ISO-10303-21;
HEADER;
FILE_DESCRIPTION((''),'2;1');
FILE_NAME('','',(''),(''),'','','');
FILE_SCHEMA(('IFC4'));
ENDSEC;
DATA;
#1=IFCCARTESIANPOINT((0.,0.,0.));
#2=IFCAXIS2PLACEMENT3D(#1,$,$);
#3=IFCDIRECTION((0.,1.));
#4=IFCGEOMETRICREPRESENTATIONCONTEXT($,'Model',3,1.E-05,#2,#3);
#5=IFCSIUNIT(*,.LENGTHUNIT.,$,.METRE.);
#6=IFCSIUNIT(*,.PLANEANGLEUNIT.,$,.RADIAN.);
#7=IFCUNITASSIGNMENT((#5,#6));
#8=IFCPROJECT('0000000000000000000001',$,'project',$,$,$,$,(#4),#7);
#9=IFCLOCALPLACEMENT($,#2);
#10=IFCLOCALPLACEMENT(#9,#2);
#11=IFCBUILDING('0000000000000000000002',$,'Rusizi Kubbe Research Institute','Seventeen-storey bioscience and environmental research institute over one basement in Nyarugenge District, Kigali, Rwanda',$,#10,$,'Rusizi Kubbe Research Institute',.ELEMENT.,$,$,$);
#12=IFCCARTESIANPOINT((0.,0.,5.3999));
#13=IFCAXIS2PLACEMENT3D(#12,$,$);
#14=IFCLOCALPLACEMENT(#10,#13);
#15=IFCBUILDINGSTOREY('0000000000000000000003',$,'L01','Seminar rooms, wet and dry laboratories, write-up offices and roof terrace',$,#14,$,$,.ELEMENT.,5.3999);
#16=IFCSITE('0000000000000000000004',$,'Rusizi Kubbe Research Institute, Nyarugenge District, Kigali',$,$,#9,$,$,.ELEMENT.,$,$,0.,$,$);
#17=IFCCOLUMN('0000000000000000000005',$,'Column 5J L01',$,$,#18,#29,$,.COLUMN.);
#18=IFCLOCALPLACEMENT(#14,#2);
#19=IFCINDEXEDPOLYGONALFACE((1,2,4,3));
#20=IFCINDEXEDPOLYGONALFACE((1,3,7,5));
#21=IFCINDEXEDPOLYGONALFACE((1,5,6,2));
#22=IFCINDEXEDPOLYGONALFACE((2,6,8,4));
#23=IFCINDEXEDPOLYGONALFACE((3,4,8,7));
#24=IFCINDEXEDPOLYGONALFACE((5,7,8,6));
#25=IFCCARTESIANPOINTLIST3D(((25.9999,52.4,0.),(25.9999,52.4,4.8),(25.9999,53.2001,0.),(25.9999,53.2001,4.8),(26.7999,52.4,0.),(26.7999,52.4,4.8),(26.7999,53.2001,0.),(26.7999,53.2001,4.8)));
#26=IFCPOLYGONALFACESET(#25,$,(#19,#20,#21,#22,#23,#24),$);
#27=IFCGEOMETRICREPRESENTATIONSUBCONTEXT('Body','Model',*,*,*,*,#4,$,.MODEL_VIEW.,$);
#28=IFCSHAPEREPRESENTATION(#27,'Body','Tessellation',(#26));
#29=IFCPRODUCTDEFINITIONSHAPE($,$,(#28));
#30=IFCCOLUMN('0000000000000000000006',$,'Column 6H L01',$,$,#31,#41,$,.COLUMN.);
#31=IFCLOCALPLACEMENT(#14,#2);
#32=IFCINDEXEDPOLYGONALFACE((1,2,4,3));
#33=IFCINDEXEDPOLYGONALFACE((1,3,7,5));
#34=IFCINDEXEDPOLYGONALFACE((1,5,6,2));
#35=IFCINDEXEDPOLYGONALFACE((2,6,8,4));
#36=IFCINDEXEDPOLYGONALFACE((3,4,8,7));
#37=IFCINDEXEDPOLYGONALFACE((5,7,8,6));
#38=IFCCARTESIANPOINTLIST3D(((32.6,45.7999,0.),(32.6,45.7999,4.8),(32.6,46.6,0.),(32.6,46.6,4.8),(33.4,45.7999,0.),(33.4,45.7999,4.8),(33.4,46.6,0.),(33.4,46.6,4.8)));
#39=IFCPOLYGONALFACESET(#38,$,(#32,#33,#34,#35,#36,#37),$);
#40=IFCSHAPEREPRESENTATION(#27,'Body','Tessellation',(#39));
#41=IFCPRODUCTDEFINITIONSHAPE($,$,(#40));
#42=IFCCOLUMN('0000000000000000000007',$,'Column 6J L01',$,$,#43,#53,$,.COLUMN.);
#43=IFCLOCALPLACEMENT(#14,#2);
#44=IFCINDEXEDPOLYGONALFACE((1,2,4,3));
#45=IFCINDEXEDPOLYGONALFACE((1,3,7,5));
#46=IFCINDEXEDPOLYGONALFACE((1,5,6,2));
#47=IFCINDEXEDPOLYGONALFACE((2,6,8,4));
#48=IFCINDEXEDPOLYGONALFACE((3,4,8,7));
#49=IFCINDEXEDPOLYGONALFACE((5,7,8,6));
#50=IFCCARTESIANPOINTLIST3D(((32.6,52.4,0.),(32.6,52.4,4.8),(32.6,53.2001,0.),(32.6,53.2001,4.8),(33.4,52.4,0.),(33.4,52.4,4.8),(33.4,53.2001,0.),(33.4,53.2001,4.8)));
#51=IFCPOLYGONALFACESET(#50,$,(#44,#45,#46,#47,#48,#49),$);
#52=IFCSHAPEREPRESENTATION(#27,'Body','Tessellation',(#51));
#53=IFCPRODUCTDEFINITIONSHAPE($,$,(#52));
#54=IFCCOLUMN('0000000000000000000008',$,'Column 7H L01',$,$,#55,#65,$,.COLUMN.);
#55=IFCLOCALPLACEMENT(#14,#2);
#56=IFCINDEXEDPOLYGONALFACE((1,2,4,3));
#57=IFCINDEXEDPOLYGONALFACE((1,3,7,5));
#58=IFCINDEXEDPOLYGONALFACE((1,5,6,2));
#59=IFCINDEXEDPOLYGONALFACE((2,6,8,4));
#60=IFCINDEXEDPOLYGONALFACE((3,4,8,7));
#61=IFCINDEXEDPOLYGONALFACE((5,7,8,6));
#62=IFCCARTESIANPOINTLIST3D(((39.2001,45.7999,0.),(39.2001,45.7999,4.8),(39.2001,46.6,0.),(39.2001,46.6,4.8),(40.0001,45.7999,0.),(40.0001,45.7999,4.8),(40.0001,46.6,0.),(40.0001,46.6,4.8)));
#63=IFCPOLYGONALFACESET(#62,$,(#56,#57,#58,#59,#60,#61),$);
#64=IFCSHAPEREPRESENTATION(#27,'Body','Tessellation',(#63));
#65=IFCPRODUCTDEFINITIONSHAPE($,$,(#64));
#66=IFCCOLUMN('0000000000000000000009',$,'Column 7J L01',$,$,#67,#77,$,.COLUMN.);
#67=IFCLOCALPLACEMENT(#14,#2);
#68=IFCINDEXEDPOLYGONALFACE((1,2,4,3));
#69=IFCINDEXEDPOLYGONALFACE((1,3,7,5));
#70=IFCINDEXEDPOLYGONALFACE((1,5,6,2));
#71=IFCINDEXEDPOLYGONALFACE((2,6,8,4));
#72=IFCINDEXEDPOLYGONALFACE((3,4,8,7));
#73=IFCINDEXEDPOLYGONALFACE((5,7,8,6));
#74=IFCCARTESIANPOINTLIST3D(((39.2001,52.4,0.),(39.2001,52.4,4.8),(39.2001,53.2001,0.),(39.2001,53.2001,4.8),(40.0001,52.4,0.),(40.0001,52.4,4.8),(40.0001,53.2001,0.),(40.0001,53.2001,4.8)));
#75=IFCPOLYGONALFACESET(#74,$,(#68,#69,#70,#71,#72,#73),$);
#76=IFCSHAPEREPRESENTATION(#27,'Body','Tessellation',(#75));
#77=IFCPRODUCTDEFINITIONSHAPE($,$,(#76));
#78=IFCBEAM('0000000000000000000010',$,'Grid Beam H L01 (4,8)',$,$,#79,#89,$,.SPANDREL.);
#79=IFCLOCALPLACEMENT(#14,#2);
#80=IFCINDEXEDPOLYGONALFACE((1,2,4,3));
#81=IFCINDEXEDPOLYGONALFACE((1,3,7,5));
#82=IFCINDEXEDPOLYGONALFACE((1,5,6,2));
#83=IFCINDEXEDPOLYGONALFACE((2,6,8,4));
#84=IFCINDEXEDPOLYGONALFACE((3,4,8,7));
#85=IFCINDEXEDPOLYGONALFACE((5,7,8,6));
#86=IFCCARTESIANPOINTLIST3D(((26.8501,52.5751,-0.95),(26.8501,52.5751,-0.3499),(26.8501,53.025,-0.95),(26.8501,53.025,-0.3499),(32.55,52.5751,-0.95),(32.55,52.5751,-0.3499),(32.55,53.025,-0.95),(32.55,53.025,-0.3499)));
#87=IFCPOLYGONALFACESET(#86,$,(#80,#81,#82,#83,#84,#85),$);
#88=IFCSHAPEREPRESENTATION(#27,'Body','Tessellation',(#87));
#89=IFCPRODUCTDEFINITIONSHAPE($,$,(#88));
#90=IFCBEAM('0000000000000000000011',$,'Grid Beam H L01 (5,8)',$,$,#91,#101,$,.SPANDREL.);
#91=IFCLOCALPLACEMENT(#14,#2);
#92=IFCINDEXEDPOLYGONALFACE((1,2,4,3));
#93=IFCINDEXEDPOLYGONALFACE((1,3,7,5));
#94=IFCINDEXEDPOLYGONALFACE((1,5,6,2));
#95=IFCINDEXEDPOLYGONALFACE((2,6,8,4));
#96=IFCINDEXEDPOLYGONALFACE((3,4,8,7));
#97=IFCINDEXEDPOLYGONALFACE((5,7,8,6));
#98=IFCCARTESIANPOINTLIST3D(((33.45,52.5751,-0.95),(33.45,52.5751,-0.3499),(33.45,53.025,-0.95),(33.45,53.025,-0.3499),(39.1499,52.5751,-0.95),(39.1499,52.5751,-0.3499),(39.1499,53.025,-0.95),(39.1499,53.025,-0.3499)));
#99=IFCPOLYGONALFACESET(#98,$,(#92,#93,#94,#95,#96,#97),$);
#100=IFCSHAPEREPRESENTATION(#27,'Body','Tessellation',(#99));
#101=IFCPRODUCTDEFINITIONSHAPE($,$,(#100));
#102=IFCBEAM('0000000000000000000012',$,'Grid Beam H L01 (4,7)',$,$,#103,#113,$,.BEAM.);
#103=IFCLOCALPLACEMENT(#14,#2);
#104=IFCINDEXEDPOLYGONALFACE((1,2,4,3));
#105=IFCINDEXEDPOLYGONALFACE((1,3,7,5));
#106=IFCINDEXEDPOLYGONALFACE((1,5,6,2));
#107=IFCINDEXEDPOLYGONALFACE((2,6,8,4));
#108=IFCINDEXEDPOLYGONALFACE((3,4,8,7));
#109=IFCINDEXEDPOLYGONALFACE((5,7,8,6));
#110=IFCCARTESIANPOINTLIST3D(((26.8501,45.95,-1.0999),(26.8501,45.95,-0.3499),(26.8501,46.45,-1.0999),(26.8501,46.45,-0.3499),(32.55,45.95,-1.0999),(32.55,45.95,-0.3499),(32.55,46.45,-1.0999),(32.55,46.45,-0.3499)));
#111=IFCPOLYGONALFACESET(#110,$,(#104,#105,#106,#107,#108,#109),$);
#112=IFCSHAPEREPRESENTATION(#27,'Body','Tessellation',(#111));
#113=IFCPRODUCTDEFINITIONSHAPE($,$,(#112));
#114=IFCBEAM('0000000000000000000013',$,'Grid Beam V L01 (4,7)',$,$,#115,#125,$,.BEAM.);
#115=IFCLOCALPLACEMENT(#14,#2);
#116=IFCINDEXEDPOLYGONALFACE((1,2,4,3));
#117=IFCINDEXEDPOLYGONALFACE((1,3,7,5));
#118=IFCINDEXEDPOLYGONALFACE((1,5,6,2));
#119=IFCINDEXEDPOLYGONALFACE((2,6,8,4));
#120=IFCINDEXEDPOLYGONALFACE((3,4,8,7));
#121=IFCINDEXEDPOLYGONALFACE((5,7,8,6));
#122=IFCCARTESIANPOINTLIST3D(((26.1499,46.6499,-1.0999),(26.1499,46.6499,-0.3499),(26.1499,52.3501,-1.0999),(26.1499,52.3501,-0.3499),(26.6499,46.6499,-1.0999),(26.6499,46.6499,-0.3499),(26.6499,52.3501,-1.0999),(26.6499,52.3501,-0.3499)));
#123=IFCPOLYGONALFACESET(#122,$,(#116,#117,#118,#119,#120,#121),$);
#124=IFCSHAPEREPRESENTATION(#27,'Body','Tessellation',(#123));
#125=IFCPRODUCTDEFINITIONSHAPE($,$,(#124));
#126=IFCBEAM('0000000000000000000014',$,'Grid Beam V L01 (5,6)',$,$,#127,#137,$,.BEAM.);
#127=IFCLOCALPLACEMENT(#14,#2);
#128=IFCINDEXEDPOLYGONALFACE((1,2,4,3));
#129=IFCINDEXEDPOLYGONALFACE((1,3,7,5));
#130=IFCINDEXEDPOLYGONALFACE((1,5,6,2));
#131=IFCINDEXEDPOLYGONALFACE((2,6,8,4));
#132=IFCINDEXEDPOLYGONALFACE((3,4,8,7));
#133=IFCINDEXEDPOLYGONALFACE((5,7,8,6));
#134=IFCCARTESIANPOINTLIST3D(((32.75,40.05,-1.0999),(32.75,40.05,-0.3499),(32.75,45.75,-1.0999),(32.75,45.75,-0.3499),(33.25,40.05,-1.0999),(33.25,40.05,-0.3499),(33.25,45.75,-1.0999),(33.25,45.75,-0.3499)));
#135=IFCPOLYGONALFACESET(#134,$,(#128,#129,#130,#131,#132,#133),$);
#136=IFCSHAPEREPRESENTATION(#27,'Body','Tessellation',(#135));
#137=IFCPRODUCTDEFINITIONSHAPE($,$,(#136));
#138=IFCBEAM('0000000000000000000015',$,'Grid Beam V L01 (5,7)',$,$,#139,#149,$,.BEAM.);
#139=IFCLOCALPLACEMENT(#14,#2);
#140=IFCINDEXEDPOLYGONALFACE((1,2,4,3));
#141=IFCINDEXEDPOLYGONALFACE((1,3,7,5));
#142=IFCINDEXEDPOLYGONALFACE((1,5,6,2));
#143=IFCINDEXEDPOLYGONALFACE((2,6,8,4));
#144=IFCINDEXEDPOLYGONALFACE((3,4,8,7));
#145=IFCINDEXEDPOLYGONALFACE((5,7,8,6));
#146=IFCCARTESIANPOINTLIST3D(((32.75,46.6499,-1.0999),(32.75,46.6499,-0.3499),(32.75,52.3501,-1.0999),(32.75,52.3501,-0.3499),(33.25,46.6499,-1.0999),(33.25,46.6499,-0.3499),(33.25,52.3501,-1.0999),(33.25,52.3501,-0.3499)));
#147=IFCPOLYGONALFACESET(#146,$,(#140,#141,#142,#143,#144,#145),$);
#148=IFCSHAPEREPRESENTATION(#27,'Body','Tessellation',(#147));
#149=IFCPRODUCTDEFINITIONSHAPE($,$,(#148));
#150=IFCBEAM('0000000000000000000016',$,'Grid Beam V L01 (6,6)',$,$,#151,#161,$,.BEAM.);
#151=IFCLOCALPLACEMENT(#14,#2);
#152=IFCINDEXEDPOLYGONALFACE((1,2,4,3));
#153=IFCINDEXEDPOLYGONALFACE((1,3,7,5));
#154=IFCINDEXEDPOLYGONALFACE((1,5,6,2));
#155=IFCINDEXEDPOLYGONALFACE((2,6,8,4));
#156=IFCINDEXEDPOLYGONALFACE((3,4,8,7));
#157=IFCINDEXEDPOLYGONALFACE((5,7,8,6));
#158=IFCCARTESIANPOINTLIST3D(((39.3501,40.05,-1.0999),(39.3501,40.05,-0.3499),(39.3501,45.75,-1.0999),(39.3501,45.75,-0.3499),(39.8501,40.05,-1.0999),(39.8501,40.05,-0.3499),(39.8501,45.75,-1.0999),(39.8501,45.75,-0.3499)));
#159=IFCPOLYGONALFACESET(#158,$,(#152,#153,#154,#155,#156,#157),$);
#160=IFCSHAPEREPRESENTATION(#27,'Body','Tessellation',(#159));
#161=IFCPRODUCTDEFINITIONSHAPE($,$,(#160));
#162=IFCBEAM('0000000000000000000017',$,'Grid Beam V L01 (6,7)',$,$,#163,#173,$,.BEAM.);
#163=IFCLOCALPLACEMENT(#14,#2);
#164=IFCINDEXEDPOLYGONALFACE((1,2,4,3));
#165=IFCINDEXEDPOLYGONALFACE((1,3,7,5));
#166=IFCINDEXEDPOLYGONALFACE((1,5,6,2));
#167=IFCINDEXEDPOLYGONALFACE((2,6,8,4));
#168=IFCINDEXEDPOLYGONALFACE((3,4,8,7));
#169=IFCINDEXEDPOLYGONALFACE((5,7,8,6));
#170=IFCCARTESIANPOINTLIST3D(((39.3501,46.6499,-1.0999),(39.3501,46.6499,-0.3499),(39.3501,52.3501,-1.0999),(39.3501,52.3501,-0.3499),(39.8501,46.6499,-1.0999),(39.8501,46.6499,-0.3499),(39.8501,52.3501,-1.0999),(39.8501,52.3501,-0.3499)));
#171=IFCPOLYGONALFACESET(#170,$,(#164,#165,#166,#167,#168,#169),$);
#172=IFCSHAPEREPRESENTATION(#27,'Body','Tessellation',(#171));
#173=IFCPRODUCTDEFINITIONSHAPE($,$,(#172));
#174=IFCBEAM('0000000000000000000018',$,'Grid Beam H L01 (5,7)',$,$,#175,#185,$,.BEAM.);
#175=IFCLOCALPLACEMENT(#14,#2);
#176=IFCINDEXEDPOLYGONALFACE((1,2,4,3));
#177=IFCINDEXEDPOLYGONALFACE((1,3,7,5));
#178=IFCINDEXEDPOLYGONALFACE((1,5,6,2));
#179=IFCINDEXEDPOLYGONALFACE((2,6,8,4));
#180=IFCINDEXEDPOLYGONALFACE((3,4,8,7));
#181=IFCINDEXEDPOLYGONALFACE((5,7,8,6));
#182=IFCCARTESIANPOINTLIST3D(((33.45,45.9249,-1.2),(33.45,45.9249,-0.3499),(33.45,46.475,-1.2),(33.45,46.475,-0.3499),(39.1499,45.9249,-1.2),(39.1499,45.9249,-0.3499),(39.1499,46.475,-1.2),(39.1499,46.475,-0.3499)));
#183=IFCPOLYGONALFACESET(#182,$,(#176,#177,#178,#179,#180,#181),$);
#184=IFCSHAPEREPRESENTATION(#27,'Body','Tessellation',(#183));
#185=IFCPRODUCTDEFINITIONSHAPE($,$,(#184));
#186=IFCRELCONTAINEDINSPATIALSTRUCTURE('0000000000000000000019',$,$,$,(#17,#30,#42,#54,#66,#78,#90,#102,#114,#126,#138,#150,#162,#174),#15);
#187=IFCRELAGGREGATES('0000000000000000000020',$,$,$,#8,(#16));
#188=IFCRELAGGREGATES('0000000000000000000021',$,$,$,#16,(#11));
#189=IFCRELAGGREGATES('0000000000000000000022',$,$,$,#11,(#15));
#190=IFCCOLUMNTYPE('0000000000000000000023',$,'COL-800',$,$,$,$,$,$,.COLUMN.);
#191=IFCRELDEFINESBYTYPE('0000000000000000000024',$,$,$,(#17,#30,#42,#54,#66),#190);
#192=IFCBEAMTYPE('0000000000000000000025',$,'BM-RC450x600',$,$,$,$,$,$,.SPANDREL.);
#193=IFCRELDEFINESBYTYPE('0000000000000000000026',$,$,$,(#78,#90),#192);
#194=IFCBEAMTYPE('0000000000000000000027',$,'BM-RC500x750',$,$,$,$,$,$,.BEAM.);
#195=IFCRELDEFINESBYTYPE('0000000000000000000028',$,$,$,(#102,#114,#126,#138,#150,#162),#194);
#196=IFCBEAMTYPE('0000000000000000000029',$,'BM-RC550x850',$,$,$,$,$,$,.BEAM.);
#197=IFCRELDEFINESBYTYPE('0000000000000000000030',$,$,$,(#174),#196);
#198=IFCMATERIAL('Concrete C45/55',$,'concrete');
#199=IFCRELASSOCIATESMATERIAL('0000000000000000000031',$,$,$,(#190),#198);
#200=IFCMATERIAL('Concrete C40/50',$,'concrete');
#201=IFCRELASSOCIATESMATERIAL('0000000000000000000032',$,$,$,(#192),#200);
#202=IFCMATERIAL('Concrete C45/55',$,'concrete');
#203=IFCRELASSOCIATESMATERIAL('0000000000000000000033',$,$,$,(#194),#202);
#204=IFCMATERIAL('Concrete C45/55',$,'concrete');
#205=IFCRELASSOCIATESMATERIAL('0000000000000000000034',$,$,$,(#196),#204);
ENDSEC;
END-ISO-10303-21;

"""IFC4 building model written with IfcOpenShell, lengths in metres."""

from ifc_helpers import new_model, si_unit, direction, frame, origin, origin_2d, place, context, subcontext, project, spatial, rectangle, extrude, material, material_profile, profile_set, type_object, element, save


model = new_model("IFC4")

# Units and contexts
model_context = context("Model", 3, precision=1e-05, world=origin(), true_north=direction((0.0, 1.0)))
body_context = subcontext(model_context, "Body", "Model", "MODEL_VIEW")
ifc_project = project(units=[si_unit("LENGTHUNIT", "METRE"), si_unit("PLANEANGLEUNIT", "RADIAN")], contexts=[model_context])

# Site, building, storey
site_placement = place(None, origin())
site = spatial("IfcSite", under=ifc_project, at=site_placement, Name="Rusizi Kubbe Research Institute, Nyarugenge District, Kigali", CompositionType="ELEMENT", RefElevation=0.0)
building_placement = place(site_placement, origin())
building = spatial("IfcBuilding", under=site, at=building_placement, Name="Rusizi Kubbe Research Institute", Description="Seventeen-storey bioscience and environmental research institute over one basement in Nyarugenge District, Kigali, Rwanda", LongName="Rusizi Kubbe Research Institute", CompositionType="ELEMENT")
storey_placement = place(building_placement, frame((0.0, 0.0, 5.3999)))
storey = spatial("IfcBuildingStorey", under=building, at=storey_placement, Name="L01", Description="Seminar rooms, wet and dry laboratories, write-up offices and roof terrace", CompositionType="ELEMENT", Elevation=5.3999)

# Columns
ifc_material_1 = material(Name="Concrete C45/55", Category="concrete")
ifc_material_profile_1 = material_profile(ifc_material_1, rectangle(XDim=0.8, YDim=0.8, at=origin_2d()), Name="RC800x800")
ifc_profile_set_1 = profile_set([ifc_material_profile_1], Name="Concrete C45/55")
column_type = type_object("IfcColumnType", Name="COL-800", PredefinedType="COLUMN", material=ifc_profile_set_1)
for number, where, z_axis, x_axis, name in (
    (1, (26.3999, 52.8, 0.0), (0.0, 0.0, 1.0), (1.0, 0.0, 0.0), "Column 5J L01"),
    (2, (33.0, 46.2, 0.0), (0.0, 0.0, 1.0), (1.0, 0.0, 0.0), "Column 6H L01"),
    (3, (33.0, 52.8, 0.0), (0.0, 0.0, 1.0), (1.0, 0.0, 0.0), "Column 6J L01"),
    (4, (39.6001, 46.2, 0.0), (0.0, 0.0, 1.0), (1.0, 0.0, 0.0), "Column 7H L01"),
    (5, (39.6001, 52.8, 0.0), (0.0, 0.0, 1.0), (1.0, 0.0, 0.0), "Column 7J L01"),
):
    element("IfcColumn", number, at=place(storey_placement, frame(where, z_axis=z_axis, x_axis=x_axis)), inside=storey, type_object=column_type, Name=name, PredefinedType="COLUMN", context=body_context, shape_type="SweptSolid", body=[
        extrude(rectangle(XDim=0.8, YDim=0.8, at=origin_2d()), origin(), (0.0, 0.0, 1.0), 4.8),
    ])

# Beams
ifc_material_2 = material(Name="Concrete C40/50", Category="concrete")
ifc_material_profile_2 = material_profile(ifc_material_2, rectangle(XDim=0.45, YDim=0.6001, at=origin_2d()), Name="RC450x600")
ifc_profile_set_2 = profile_set([ifc_material_profile_2], Name="Concrete C40/50")
beam_type_1 = type_object("IfcBeamType", Name="BM-RC450x600", PredefinedType="SPANDREL", material=ifc_profile_set_2)
for number, where, z_axis, x_axis, name in (
    (6, (26.8501, 52.8, -0.6499), (1.0, 0.0, 0.0), (0.0, 1.0, 0.0), "Grid Beam H L01 (4,8)"),
    (7, (33.45, 52.8, -0.6499), (1.0, 0.0, 0.0), (0.0, 1.0, 0.0), "Grid Beam H L01 (5,8)"),
):
    element("IfcBeam", number, at=place(storey_placement, frame(where, z_axis=z_axis, x_axis=x_axis)), inside=storey, type_object=beam_type_1, Name=name, PredefinedType="SPANDREL", context=body_context, shape_type="SweptSolid", body=[
        extrude(rectangle(XDim=0.45, YDim=0.6001, at=origin_2d()), origin(), (0.0, 0.0, 1.0), 5.7),
    ])
ifc_material_3 = material(Name="Concrete C45/55", Category="concrete")
ifc_material_profile_3 = material_profile(ifc_material_3, rectangle(XDim=0.5, YDim=0.75, at=origin_2d()), Name="RC500x750B")
ifc_profile_set_3 = profile_set([ifc_material_profile_3], Name="Concrete C45/55")
beam_type_2 = type_object("IfcBeamType", Name="BM-RC500x750", PredefinedType="BEAM", material=ifc_profile_set_3)
beam_1_placement = place(storey_placement, frame((26.8501, 46.2, -0.7249), z_axis=(1.0, 0.0, 0.0), x_axis=(0.0, 1.0, 0.0)))
element("IfcBeam", 8, at=beam_1_placement, inside=storey, type_object=beam_type_2, Name="Grid Beam H L01 (4,7)", PredefinedType="BEAM", context=body_context, shape_type="SweptSolid", body=[
    extrude(rectangle(XDim=0.5, YDim=0.75, at=origin_2d()), origin(), (0.0, 0.0, 1.0), 5.7),
])
beam_2_placement = place(storey_placement, frame((26.3999, 46.6499, -0.7249), z_axis=(0.0, 1.0, 0.0), x_axis=(-1.0, 0.0, 0.0)))
element("IfcBeam", 9, at=beam_2_placement, inside=storey, type_object=beam_type_2, Name="Grid Beam V L01 (4,7)", PredefinedType="BEAM", context=body_context, shape_type="SweptSolid", body=[
    extrude(rectangle(XDim=0.5, YDim=0.75, at=origin_2d()), origin(), (0.0, 0.0, 1.0), 5.7002),
])
beam_3_placement = place(storey_placement, frame((33.0, 40.05, -0.7249), z_axis=(0.0, 1.0, 0.0), x_axis=(-1.0, 0.0, 0.0)))
element("IfcBeam", 10, at=beam_3_placement, inside=storey, type_object=beam_type_2, Name="Grid Beam V L01 (5,6)", PredefinedType="BEAM", context=body_context, shape_type="SweptSolid", body=[
    extrude(rectangle(XDim=0.5, YDim=0.75, at=origin_2d()), origin(), (0.0, 0.0, 1.0), 5.7),
])
beam_4_placement = place(storey_placement, frame((33.0, 46.6499, -0.7249), z_axis=(0.0, 1.0, 0.0), x_axis=(-1.0, 0.0, 0.0)))
element("IfcBeam", 11, at=beam_4_placement, inside=storey, type_object=beam_type_2, Name="Grid Beam V L01 (5,7)", PredefinedType="BEAM", context=body_context, shape_type="SweptSolid", body=[
    extrude(rectangle(XDim=0.5, YDim=0.75, at=origin_2d()), origin(), (0.0, 0.0, 1.0), 5.7002),
])
beam_5_placement = place(storey_placement, frame((39.6001, 40.05, -0.7249), z_axis=(0.0, 1.0, 0.0), x_axis=(-1.0, 0.0, 0.0)))
element("IfcBeam", 12, at=beam_5_placement, inside=storey, type_object=beam_type_2, Name="Grid Beam V L01 (6,6)", PredefinedType="BEAM", context=body_context, shape_type="SweptSolid", body=[
    extrude(rectangle(XDim=0.5, YDim=0.75, at=origin_2d()), origin(), (0.0, 0.0, 1.0), 5.7),
])
beam_6_placement = place(storey_placement, frame((39.6001, 46.6499, -0.7249), z_axis=(0.0, 1.0, 0.0), x_axis=(-1.0, 0.0, 0.0)))
element("IfcBeam", 13, at=beam_6_placement, inside=storey, type_object=beam_type_2, Name="Grid Beam V L01 (6,7)", PredefinedType="BEAM", context=body_context, shape_type="SweptSolid", body=[
    extrude(rectangle(XDim=0.5, YDim=0.75, at=origin_2d()), origin(), (0.0, 0.0, 1.0), 5.7002),
])
ifc_material_4 = material(Name="Concrete C45/55", Category="concrete")
ifc_material_profile_4 = material_profile(ifc_material_4, rectangle(XDim=0.55, YDim=0.8501, at=origin_2d()), Name="RC550x850")
ifc_profile_set_4 = profile_set([ifc_material_profile_4], Name="Concrete C45/55")
beam_type_3 = type_object("IfcBeamType", Name="BM-RC550x850", PredefinedType="BEAM", material=ifc_profile_set_4)
beam_7_placement = place(storey_placement, frame((33.45, 46.2, -0.7749), z_axis=(1.0, 0.0, 0.0), x_axis=(0.0, 1.0, 0.0)))
element("IfcBeam", 14, at=beam_7_placement, inside=storey, type_object=beam_type_3, Name="Grid Beam H L01 (5,7)", PredefinedType="BEAM", context=body_context, shape_type="SweptSolid", body=[
    extrude(rectangle(XDim=0.55, YDim=0.8501, at=origin_2d()), origin(), (0.0, 0.0, 1.0), 5.7),
])

save(model, "model.ifc")
